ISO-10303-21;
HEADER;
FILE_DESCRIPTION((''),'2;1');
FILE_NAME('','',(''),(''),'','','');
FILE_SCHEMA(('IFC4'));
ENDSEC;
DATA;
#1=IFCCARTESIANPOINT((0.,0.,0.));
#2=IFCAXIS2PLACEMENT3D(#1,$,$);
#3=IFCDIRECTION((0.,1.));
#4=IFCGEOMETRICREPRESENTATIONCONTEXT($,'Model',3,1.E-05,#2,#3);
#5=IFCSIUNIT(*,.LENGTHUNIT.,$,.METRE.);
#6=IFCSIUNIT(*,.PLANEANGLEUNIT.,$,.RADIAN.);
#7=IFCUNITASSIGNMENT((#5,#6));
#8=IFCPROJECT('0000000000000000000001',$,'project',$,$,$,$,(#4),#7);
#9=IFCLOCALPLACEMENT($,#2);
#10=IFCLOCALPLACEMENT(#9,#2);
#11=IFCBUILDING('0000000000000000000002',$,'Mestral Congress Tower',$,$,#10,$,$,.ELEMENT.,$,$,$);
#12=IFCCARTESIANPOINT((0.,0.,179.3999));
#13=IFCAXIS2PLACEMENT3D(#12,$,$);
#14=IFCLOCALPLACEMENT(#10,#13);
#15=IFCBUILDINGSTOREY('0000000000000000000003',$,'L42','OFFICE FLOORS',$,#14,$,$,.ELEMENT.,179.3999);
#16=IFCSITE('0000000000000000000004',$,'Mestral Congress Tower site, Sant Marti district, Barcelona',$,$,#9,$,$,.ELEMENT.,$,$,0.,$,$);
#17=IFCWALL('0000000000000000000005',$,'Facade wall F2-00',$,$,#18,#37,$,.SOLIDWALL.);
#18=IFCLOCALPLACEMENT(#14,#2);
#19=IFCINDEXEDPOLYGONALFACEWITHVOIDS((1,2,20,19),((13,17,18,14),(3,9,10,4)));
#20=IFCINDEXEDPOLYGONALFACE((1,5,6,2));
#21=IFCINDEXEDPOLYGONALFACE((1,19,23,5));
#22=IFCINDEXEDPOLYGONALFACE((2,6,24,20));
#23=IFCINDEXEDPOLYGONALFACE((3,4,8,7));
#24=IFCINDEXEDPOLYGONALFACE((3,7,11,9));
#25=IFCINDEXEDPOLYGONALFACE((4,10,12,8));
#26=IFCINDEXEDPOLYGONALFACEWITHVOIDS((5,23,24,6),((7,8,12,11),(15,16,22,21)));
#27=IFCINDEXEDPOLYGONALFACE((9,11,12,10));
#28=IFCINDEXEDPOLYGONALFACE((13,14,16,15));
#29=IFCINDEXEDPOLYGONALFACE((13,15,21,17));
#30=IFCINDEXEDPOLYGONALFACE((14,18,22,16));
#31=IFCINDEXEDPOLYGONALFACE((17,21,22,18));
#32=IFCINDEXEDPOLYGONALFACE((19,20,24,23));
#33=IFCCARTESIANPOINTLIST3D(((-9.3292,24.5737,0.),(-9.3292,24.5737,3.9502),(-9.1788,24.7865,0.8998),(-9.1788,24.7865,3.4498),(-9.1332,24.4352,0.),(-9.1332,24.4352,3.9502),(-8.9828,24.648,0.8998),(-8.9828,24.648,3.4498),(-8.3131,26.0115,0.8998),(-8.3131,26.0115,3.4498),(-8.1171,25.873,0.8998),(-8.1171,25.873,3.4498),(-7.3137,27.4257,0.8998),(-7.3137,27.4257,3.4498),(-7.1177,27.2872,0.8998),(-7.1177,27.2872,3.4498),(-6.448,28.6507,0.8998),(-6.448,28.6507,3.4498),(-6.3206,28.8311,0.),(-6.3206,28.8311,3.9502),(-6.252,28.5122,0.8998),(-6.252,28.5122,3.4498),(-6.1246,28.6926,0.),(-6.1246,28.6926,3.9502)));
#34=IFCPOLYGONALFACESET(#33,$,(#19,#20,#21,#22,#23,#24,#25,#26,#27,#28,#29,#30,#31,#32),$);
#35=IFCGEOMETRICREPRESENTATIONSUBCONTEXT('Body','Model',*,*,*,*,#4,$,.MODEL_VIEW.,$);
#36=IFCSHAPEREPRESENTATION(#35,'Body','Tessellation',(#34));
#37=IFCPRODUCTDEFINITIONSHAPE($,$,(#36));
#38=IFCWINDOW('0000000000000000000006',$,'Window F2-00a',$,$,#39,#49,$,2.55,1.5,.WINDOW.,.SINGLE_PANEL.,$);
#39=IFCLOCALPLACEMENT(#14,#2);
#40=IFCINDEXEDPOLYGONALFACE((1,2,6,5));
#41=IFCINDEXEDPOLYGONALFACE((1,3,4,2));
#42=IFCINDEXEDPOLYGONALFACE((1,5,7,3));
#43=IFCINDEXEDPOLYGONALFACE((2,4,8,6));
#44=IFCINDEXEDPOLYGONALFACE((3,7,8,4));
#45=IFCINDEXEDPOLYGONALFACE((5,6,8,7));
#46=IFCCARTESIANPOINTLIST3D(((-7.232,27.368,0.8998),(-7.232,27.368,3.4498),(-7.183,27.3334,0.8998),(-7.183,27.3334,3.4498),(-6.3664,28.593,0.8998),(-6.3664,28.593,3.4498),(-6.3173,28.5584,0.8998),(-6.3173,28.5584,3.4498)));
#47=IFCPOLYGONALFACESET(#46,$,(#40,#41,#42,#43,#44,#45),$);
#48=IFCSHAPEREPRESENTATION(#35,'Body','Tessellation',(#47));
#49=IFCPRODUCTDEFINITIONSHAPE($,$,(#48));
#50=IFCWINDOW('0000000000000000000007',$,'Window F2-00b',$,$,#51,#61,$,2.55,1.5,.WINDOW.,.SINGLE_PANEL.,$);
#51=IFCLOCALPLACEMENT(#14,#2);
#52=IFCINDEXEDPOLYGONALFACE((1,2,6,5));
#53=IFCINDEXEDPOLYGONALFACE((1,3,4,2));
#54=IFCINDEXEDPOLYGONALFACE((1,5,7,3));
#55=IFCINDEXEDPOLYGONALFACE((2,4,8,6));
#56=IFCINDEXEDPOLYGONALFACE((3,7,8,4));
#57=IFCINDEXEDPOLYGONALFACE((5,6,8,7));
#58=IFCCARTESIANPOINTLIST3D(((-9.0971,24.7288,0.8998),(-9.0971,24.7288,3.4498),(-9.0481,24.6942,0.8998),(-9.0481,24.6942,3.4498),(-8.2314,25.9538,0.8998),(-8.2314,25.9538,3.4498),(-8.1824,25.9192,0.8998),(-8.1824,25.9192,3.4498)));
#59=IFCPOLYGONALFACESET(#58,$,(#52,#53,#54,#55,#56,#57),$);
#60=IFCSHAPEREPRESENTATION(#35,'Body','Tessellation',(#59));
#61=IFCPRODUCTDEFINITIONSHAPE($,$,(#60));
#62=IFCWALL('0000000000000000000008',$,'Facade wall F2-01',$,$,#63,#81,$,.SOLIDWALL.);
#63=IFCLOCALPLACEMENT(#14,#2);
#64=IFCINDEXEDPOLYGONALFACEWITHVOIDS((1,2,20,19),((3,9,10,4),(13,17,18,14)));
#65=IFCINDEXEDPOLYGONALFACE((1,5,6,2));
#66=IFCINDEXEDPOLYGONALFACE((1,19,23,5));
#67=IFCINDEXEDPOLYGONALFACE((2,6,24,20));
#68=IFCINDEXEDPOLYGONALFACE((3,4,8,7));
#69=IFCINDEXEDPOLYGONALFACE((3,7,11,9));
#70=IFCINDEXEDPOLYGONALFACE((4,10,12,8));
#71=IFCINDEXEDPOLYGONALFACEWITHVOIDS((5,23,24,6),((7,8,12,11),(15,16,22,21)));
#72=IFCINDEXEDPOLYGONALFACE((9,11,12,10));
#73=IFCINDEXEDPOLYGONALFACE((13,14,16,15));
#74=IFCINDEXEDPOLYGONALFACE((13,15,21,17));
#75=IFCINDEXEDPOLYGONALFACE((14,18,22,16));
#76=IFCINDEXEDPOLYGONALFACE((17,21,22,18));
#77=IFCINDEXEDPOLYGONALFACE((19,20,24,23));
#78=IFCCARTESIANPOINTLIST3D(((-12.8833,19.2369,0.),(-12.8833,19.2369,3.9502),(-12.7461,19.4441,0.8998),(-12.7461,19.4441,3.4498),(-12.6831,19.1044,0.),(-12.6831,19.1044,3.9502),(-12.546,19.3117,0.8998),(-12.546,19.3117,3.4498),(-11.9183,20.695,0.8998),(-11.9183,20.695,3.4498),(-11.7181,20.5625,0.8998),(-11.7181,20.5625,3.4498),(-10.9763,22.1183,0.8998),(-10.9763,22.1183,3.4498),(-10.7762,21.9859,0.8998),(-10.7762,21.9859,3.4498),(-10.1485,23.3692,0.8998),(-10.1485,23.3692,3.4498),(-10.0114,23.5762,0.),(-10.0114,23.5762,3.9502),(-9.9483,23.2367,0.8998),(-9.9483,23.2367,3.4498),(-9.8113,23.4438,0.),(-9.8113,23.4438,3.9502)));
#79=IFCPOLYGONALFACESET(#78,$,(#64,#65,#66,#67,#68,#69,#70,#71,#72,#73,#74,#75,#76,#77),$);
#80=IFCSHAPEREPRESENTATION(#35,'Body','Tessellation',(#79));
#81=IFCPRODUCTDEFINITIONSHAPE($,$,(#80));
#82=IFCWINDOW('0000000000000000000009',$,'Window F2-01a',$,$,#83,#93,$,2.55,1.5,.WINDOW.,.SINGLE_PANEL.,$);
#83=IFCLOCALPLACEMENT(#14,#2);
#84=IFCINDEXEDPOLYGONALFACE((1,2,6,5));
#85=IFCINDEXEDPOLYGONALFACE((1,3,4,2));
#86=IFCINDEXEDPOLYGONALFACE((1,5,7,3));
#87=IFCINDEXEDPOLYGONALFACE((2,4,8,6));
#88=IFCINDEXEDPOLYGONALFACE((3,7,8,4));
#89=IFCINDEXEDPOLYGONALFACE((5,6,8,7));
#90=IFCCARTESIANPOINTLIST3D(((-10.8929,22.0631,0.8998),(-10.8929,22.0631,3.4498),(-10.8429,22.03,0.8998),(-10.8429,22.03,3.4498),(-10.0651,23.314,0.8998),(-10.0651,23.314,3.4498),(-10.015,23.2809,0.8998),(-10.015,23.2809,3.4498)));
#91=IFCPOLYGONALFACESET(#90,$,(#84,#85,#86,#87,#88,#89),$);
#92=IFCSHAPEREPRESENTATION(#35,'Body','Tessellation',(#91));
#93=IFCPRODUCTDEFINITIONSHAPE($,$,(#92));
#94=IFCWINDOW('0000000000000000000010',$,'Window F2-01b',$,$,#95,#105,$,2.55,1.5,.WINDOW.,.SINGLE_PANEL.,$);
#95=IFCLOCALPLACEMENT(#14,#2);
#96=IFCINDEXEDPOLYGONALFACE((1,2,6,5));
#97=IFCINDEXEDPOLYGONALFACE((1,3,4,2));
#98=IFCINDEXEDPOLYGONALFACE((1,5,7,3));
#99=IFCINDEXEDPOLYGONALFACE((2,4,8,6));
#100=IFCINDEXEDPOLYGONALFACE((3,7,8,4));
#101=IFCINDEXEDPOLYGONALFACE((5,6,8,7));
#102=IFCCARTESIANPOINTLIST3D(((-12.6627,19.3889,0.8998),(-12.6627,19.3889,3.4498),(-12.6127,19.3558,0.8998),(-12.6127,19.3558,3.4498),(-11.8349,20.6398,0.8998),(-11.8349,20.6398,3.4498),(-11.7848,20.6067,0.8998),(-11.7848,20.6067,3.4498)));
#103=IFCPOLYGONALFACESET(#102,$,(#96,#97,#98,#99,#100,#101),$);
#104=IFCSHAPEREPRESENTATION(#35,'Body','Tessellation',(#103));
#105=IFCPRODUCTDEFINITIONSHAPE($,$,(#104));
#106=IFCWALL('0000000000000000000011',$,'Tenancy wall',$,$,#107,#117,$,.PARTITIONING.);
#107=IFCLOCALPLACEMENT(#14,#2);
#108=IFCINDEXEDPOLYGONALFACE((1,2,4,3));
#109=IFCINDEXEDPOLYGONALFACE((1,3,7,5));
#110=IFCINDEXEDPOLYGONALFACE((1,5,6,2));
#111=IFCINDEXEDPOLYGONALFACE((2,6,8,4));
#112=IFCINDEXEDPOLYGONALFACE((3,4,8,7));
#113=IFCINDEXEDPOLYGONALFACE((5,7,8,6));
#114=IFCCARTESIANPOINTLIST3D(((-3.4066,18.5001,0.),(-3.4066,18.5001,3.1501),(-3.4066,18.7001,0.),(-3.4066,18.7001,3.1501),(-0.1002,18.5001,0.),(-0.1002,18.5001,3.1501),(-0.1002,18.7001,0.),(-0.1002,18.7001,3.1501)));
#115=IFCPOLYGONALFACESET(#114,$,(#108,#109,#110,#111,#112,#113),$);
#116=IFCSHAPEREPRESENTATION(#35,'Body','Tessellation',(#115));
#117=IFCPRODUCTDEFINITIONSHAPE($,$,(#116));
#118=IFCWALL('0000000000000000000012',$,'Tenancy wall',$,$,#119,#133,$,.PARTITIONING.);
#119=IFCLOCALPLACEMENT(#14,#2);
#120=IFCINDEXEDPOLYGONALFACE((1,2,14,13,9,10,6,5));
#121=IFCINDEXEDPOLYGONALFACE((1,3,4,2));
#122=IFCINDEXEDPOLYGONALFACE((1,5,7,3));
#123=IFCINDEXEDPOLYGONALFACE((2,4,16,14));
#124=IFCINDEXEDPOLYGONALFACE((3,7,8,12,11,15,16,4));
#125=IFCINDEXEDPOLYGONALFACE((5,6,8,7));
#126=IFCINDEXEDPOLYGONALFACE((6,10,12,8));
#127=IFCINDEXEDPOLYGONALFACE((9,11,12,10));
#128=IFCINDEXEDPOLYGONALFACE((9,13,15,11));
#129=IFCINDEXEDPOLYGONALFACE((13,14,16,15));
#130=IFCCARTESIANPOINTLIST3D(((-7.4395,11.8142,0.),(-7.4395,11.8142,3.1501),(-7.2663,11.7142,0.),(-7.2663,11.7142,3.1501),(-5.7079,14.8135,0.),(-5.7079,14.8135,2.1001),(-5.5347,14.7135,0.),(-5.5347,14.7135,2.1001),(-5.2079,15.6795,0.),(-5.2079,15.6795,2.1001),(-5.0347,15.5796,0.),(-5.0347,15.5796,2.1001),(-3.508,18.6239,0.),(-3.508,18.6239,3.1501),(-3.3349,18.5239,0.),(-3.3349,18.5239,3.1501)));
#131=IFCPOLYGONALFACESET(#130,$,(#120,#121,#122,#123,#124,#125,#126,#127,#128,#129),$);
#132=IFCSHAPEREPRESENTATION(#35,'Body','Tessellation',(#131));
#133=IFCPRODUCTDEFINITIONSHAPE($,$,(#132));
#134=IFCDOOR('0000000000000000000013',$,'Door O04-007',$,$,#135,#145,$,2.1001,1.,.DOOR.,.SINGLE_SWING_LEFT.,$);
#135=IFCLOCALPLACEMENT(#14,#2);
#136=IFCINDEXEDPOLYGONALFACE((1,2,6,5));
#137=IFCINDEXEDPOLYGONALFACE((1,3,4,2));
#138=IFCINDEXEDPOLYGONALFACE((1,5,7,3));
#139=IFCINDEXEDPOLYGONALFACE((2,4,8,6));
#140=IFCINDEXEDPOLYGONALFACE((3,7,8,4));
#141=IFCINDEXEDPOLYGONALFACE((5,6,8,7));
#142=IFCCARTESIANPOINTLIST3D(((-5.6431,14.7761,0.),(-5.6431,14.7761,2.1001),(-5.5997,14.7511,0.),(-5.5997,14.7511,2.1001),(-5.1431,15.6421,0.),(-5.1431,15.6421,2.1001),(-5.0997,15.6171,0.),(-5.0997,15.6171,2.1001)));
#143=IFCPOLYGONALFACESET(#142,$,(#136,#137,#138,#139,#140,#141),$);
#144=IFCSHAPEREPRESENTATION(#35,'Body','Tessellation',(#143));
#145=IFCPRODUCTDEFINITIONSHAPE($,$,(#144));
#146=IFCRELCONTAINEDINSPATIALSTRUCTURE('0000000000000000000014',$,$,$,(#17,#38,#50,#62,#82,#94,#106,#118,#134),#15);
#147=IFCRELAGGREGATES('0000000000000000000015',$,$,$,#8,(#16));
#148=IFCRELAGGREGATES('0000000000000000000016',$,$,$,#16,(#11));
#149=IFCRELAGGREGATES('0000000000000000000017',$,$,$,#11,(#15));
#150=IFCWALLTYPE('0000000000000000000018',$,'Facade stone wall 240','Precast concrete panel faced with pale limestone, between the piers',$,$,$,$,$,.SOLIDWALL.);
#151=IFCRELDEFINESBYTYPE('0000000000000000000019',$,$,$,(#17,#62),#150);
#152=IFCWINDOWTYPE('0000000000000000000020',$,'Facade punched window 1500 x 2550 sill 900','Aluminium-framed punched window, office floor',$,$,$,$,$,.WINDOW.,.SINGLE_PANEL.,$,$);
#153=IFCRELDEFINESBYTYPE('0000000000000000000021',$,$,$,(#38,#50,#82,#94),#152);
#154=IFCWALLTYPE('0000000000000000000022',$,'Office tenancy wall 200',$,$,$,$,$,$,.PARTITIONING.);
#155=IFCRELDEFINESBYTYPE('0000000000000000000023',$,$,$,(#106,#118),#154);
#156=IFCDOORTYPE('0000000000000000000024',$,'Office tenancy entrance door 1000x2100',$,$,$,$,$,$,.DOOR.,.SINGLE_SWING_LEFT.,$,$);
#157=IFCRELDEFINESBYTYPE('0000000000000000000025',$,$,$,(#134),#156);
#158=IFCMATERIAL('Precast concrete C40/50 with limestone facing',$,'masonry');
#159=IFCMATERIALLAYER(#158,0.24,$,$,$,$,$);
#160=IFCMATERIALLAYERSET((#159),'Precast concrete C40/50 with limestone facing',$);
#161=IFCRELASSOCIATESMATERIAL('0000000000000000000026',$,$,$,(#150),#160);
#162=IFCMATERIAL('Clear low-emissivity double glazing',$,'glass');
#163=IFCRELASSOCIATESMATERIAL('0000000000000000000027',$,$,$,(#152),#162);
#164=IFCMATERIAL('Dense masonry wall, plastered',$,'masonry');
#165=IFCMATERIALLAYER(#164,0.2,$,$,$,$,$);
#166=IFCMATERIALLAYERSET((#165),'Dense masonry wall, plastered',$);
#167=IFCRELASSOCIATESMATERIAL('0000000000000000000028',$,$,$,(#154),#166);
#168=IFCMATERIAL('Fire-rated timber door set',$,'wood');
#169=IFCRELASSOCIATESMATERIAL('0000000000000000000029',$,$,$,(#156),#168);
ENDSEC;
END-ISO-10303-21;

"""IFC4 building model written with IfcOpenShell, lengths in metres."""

from ifc_helpers import new_model, si_unit, direction, frame, frame_2d, origin, place, context, subcontext, project, spatial, rectangle, extrude, material, layer, layer_set, type_object, element, fill, save


model = new_model("IFC4")

# Units and contexts
model_context = context("Model", 3, precision=1e-05, world=origin(), true_north=direction((0.0, 1.0)))
body_context = subcontext(model_context, "Body", "Model", "MODEL_VIEW")
ifc_project = project(units=[si_unit("LENGTHUNIT", "METRE"), si_unit("PLANEANGLEUNIT", "RADIAN")], contexts=[model_context])

# Site, building, storey
site_placement = place(None, origin())
site = spatial("IfcSite", under=ifc_project, at=site_placement, Name="Mestral Congress Tower site, Sant Marti district, Barcelona", CompositionType="ELEMENT", RefElevation=0.0)
building_placement = place(site_placement, origin())
building = spatial("IfcBuilding", under=site, at=building_placement, Name="Mestral Congress Tower", CompositionType="ELEMENT")
storey_placement = place(building_placement, frame((0.0, 0.0, 179.3999)))
storey = spatial("IfcBuildingStorey", under=building, at=storey_placement, Name="L42", Description="OFFICE FLOORS", CompositionType="ELEMENT", Elevation=179.3999)

# Shared definitions
ifc_material_1 = material(Name="Precast concrete C40/50 with limestone facing", Category="masonry")
ifc_layer_1 = layer(ifc_material_1, 0.24)
ifc_layer_set_1 = layer_set([ifc_layer_1], Name="Precast concrete C40/50 with limestone facing")
wall_type_1 = type_object("IfcWallType", Name="Facade stone wall 240", Description="Precast concrete panel faced with pale limestone, between the piers", PredefinedType="SOLIDWALL", material=ifc_layer_set_1)
ifc_material_2 = material(Name="Clear low-emissivity double glazing", Category="glass")

# Walls, openings, windows
wall_1_placement = place(storey_placement, frame((-6.2227, 28.7617, 0.0), z_axis=(0.0, 0.0, 1.0), x_axis=(-0.577115, -0.816663, 0.0)))
wall_1 = element("IfcWall", 1, at=wall_1_placement, inside=storey, type_object=wall_type_1, Name="Facade wall F2-00", PredefinedType="SOLIDWALL", context=body_context, shape_type="SweptSolid", body=[
    extrude(rectangle(XDim=5.2131, YDim=0.24, at=frame_2d((2.6064, 0.0))), origin(), (0.0, 0.0, 1.0), 3.9502),
])
opening_1_placement = place(wall_1_placement, frame((0.2207, 0.0, 0.8999)))
opening_1 = element("IfcOpeningElement", 2, at=opening_1_placement, cuts=wall_1, PredefinedType="OPENING", context=body_context, shape_type="SweptSolid", body=[
    extrude(rectangle(XDim=1.5, YDim=2.55, at=frame_2d((0.75, 1.2749))), frame((0.0, 0.1299, 0.0), z_axis=(0.0, -1.0, 0.0), x_axis=(1.0, 0.0, 0.0)), (0.0, 0.0, 1.0), 0.26),
])
opening_2_placement = place(wall_1_placement, frame((3.4524, 0.0, 0.8999)))
opening_2 = element("IfcOpeningElement", 3, at=opening_2_placement, cuts=wall_1, PredefinedType="OPENING", context=body_context, shape_type="SweptSolid", body=[
    extrude(rectangle(XDim=1.5, YDim=2.55, at=frame_2d((0.75, 1.2749))), frame((0.0, 0.1299, 0.0), z_axis=(0.0, -1.0, 0.0), x_axis=(1.0, 0.0, 0.0)), (0.0, 0.0, 1.0), 0.26),
])
window_type_1 = type_object("IfcWindowType", Name="Facade punched window 1500 x 2550 sill 900", Description="Aluminium-framed punched window, office floor", PartitioningType="SINGLE_PANEL", PredefinedType="WINDOW", material=ifc_material_2)
window_1_placement = place(opening_1_placement, origin())
window_1 = element("IfcWindow", 4, at=window_1_placement, inside=storey, type_object=window_type_1, Name="Window F2-00a", OverallHeight=2.55, OverallWidth=1.5, PartitioningType="SINGLE_PANEL", PredefinedType="WINDOW", context=body_context, shape_type="SweptSolid", body=[
    extrude(rectangle(XDim=1.5, YDim=2.55, at=frame_2d((0.75, 1.2749))), frame((0.0, 0.04, 0.0), z_axis=(0.0, -1.0, 0.0), x_axis=(1.0, 0.0, 0.0)), (0.0, 0.0, 1.0), 0.0601),
])
fill(opening_1, window_1)
window_2_placement = place(opening_2_placement, origin())
window_2 = element("IfcWindow", 5, at=window_2_placement, inside=storey, type_object=window_type_1, Name="Window F2-00b", OverallHeight=2.55, OverallWidth=1.5, PartitioningType="SINGLE_PANEL", PredefinedType="WINDOW", context=body_context, shape_type="SweptSolid", body=[
    extrude(rectangle(XDim=1.5, YDim=2.55, at=frame_2d((0.75, 1.2749))), frame((0.0, 0.04, 0.0), z_axis=(0.0, -1.0, 0.0), x_axis=(1.0, 0.0, 0.0)), (0.0, 0.0, 1.0), 0.0601),
])
fill(opening_2, window_2)
wall_2_placement = place(storey_placement, frame((-9.9114, 23.51, 0.0), z_axis=(0.0, 0.0, 1.0), x_axis=(-0.551893, -0.833915, 0.0)))
wall_2 = element("IfcWall", 6, at=wall_2_placement, inside=storey, type_object=wall_type_1, Name="Facade wall F2-01", PredefinedType="SOLIDWALL", context=body_context, shape_type="SweptSolid", body=[
    extrude(rectangle(XDim=5.2036, YDim=0.24, at=frame_2d((2.6018, 0.0))), origin(), (0.0, 0.0, 1.0), 3.9502),
])
opening_3_placement = place(wall_2_placement, frame((0.2483, 0.0, 0.8999)))
opening_3 = element("IfcOpeningElement", 7, at=opening_3_placement, cuts=wall_2, PredefinedType="OPENING", context=body_context, shape_type="SweptSolid", body=[
    extrude(rectangle(XDim=1.5, YDim=2.55, at=frame_2d((0.75, 1.2749))), frame((0.0, 0.1299, 0.0), z_axis=(0.0, -1.0, 0.0), x_axis=(1.0, 0.0, 0.0)), (0.0, 0.0, 1.0), 0.26),
])
opening_4_placement = place(wall_2_placement, frame((3.4551, 0.0, 0.8999)))
opening_4 = element("IfcOpeningElement", 8, at=opening_4_placement, cuts=wall_2, PredefinedType="OPENING", context=body_context, shape_type="SweptSolid", body=[
    extrude(rectangle(XDim=1.5, YDim=2.55, at=frame_2d((0.75, 1.2749))), frame((0.0, 0.1299, 0.0), z_axis=(0.0, -1.0, 0.0), x_axis=(1.0, 0.0, 0.0)), (0.0, 0.0, 1.0), 0.26),
])
window_3_placement = place(opening_3_placement, origin())
window_3 = element("IfcWindow", 9, at=window_3_placement, inside=storey, type_object=window_type_1, Name="Window F2-01a", OverallHeight=2.55, OverallWidth=1.5, PartitioningType="SINGLE_PANEL", PredefinedType="WINDOW", context=body_context, shape_type="SweptSolid", body=[
    extrude(rectangle(XDim=1.5, YDim=2.55, at=frame_2d((0.75, 1.2749))), frame((0.0, 0.04, 0.0), z_axis=(0.0, -1.0, 0.0), x_axis=(1.0, 0.0, 0.0)), (0.0, 0.0, 1.0), 0.0601),
])
fill(opening_3, window_3)
window_4_placement = place(opening_4_placement, origin())
window_4 = element("IfcWindow", 10, at=window_4_placement, inside=storey, type_object=window_type_1, Name="Window F2-01b", OverallHeight=2.55, OverallWidth=1.5, PartitioningType="SINGLE_PANEL", PredefinedType="WINDOW", context=body_context, shape_type="SweptSolid", body=[
    extrude(rectangle(XDim=1.5, YDim=2.55, at=frame_2d((0.75, 1.2749))), frame((0.0, 0.04, 0.0), z_axis=(0.0, -1.0, 0.0), x_axis=(1.0, 0.0, 0.0)), (0.0, 0.0, 1.0), 0.0601),
])
fill(opening_4, window_4)

# Wall
ifc_material_3 = material(Name="Dense masonry wall, plastered", Category="masonry")
ifc_layer_2 = layer(ifc_material_3, 0.2)
ifc_layer_set_2 = layer_set([ifc_layer_2], Name="Dense masonry wall, plastered")
wall_type_2 = type_object("IfcWallType", Name="Office tenancy wall 200", PredefinedType="PARTITIONING", material=ifc_layer_set_2)
wall_3_placement = place(storey_placement, frame((-0.1001, 18.6001, 0.0), z_axis=(0.0, 0.0, 1.0), x_axis=(-1.0, 0.0, 0.0)))
element("IfcWall", 11, at=wall_3_placement, inside=storey, type_object=wall_type_2, Name="Tenancy wall", PredefinedType="PARTITIONING", context=body_context, shape_type="SweptSolid", body=[
    extrude(rectangle(XDim=3.3064, YDim=0.2, at=frame_2d((1.6533, 0.0))), origin(), (0.0, 0.0, 1.0), 3.1501),
])

# Wall, opening, door
wall_4_placement = place(storey_placement, frame((-3.4214, 18.574, 0.0), z_axis=(0.0, 0.0, 1.0), x_axis=(-0.499989, -0.866032, 0.0)))
wall_4 = element("IfcWall", 12, at=wall_4_placement, inside=storey, type_object=wall_type_2, Name="Tenancy wall", PredefinedType="PARTITIONING", context=body_context, shape_type="SweptSolid", body=[
    extrude(rectangle(XDim=7.863, YDim=0.2, at=frame_2d((3.9316, 0.0))), origin(), (0.0, 0.0, 1.0), 3.1501),
])
opening_5_placement = place(wall_4_placement, frame((3.3999, 0.0, 0.0)))
opening_5 = element("IfcOpeningElement", 13, at=opening_5_placement, cuts=wall_4, PredefinedType="OPENING", context=body_context, shape_type="SweptSolid", body=[
    extrude(rectangle(XDim=1.0, YDim=2.1001, at=frame_2d((0.5, 1.05))), frame((0.0, 0.1099, 0.0), z_axis=(0.0, -1.0, 0.0), x_axis=(1.0, 0.0, 0.0)), (0.0, 0.0, 1.0), 0.22),
])
ifc_material_4 = material(Name="Fire-rated timber door set", Category="wood")
door_type = type_object("IfcDoorType", Name="Office tenancy entrance door 1000x2100", OperationType="SINGLE_SWING_LEFT", PredefinedType="DOOR", material=ifc_material_4)
door_placement = place(opening_5_placement, origin())
door = element("IfcDoor", 14, at=door_placement, inside=storey, type_object=door_type, Name="Door O04-007", OperationType="SINGLE_SWING_LEFT", OverallHeight=2.1001, OverallWidth=1.0, PredefinedType="DOOR", context=body_context, shape_type="SweptSolid", body=[
    extrude(rectangle(XDim=1.0, YDim=2.1001, at=frame_2d((0.5, 1.05))), frame((0.0, 0.0249, 0.0), z_axis=(0.0, -1.0, 0.0), x_axis=(1.0, 0.0, 0.0)), (0.0, 0.0, 1.0), 0.05),
])
fill(opening_5, door)

save(model, "model.ifc")
